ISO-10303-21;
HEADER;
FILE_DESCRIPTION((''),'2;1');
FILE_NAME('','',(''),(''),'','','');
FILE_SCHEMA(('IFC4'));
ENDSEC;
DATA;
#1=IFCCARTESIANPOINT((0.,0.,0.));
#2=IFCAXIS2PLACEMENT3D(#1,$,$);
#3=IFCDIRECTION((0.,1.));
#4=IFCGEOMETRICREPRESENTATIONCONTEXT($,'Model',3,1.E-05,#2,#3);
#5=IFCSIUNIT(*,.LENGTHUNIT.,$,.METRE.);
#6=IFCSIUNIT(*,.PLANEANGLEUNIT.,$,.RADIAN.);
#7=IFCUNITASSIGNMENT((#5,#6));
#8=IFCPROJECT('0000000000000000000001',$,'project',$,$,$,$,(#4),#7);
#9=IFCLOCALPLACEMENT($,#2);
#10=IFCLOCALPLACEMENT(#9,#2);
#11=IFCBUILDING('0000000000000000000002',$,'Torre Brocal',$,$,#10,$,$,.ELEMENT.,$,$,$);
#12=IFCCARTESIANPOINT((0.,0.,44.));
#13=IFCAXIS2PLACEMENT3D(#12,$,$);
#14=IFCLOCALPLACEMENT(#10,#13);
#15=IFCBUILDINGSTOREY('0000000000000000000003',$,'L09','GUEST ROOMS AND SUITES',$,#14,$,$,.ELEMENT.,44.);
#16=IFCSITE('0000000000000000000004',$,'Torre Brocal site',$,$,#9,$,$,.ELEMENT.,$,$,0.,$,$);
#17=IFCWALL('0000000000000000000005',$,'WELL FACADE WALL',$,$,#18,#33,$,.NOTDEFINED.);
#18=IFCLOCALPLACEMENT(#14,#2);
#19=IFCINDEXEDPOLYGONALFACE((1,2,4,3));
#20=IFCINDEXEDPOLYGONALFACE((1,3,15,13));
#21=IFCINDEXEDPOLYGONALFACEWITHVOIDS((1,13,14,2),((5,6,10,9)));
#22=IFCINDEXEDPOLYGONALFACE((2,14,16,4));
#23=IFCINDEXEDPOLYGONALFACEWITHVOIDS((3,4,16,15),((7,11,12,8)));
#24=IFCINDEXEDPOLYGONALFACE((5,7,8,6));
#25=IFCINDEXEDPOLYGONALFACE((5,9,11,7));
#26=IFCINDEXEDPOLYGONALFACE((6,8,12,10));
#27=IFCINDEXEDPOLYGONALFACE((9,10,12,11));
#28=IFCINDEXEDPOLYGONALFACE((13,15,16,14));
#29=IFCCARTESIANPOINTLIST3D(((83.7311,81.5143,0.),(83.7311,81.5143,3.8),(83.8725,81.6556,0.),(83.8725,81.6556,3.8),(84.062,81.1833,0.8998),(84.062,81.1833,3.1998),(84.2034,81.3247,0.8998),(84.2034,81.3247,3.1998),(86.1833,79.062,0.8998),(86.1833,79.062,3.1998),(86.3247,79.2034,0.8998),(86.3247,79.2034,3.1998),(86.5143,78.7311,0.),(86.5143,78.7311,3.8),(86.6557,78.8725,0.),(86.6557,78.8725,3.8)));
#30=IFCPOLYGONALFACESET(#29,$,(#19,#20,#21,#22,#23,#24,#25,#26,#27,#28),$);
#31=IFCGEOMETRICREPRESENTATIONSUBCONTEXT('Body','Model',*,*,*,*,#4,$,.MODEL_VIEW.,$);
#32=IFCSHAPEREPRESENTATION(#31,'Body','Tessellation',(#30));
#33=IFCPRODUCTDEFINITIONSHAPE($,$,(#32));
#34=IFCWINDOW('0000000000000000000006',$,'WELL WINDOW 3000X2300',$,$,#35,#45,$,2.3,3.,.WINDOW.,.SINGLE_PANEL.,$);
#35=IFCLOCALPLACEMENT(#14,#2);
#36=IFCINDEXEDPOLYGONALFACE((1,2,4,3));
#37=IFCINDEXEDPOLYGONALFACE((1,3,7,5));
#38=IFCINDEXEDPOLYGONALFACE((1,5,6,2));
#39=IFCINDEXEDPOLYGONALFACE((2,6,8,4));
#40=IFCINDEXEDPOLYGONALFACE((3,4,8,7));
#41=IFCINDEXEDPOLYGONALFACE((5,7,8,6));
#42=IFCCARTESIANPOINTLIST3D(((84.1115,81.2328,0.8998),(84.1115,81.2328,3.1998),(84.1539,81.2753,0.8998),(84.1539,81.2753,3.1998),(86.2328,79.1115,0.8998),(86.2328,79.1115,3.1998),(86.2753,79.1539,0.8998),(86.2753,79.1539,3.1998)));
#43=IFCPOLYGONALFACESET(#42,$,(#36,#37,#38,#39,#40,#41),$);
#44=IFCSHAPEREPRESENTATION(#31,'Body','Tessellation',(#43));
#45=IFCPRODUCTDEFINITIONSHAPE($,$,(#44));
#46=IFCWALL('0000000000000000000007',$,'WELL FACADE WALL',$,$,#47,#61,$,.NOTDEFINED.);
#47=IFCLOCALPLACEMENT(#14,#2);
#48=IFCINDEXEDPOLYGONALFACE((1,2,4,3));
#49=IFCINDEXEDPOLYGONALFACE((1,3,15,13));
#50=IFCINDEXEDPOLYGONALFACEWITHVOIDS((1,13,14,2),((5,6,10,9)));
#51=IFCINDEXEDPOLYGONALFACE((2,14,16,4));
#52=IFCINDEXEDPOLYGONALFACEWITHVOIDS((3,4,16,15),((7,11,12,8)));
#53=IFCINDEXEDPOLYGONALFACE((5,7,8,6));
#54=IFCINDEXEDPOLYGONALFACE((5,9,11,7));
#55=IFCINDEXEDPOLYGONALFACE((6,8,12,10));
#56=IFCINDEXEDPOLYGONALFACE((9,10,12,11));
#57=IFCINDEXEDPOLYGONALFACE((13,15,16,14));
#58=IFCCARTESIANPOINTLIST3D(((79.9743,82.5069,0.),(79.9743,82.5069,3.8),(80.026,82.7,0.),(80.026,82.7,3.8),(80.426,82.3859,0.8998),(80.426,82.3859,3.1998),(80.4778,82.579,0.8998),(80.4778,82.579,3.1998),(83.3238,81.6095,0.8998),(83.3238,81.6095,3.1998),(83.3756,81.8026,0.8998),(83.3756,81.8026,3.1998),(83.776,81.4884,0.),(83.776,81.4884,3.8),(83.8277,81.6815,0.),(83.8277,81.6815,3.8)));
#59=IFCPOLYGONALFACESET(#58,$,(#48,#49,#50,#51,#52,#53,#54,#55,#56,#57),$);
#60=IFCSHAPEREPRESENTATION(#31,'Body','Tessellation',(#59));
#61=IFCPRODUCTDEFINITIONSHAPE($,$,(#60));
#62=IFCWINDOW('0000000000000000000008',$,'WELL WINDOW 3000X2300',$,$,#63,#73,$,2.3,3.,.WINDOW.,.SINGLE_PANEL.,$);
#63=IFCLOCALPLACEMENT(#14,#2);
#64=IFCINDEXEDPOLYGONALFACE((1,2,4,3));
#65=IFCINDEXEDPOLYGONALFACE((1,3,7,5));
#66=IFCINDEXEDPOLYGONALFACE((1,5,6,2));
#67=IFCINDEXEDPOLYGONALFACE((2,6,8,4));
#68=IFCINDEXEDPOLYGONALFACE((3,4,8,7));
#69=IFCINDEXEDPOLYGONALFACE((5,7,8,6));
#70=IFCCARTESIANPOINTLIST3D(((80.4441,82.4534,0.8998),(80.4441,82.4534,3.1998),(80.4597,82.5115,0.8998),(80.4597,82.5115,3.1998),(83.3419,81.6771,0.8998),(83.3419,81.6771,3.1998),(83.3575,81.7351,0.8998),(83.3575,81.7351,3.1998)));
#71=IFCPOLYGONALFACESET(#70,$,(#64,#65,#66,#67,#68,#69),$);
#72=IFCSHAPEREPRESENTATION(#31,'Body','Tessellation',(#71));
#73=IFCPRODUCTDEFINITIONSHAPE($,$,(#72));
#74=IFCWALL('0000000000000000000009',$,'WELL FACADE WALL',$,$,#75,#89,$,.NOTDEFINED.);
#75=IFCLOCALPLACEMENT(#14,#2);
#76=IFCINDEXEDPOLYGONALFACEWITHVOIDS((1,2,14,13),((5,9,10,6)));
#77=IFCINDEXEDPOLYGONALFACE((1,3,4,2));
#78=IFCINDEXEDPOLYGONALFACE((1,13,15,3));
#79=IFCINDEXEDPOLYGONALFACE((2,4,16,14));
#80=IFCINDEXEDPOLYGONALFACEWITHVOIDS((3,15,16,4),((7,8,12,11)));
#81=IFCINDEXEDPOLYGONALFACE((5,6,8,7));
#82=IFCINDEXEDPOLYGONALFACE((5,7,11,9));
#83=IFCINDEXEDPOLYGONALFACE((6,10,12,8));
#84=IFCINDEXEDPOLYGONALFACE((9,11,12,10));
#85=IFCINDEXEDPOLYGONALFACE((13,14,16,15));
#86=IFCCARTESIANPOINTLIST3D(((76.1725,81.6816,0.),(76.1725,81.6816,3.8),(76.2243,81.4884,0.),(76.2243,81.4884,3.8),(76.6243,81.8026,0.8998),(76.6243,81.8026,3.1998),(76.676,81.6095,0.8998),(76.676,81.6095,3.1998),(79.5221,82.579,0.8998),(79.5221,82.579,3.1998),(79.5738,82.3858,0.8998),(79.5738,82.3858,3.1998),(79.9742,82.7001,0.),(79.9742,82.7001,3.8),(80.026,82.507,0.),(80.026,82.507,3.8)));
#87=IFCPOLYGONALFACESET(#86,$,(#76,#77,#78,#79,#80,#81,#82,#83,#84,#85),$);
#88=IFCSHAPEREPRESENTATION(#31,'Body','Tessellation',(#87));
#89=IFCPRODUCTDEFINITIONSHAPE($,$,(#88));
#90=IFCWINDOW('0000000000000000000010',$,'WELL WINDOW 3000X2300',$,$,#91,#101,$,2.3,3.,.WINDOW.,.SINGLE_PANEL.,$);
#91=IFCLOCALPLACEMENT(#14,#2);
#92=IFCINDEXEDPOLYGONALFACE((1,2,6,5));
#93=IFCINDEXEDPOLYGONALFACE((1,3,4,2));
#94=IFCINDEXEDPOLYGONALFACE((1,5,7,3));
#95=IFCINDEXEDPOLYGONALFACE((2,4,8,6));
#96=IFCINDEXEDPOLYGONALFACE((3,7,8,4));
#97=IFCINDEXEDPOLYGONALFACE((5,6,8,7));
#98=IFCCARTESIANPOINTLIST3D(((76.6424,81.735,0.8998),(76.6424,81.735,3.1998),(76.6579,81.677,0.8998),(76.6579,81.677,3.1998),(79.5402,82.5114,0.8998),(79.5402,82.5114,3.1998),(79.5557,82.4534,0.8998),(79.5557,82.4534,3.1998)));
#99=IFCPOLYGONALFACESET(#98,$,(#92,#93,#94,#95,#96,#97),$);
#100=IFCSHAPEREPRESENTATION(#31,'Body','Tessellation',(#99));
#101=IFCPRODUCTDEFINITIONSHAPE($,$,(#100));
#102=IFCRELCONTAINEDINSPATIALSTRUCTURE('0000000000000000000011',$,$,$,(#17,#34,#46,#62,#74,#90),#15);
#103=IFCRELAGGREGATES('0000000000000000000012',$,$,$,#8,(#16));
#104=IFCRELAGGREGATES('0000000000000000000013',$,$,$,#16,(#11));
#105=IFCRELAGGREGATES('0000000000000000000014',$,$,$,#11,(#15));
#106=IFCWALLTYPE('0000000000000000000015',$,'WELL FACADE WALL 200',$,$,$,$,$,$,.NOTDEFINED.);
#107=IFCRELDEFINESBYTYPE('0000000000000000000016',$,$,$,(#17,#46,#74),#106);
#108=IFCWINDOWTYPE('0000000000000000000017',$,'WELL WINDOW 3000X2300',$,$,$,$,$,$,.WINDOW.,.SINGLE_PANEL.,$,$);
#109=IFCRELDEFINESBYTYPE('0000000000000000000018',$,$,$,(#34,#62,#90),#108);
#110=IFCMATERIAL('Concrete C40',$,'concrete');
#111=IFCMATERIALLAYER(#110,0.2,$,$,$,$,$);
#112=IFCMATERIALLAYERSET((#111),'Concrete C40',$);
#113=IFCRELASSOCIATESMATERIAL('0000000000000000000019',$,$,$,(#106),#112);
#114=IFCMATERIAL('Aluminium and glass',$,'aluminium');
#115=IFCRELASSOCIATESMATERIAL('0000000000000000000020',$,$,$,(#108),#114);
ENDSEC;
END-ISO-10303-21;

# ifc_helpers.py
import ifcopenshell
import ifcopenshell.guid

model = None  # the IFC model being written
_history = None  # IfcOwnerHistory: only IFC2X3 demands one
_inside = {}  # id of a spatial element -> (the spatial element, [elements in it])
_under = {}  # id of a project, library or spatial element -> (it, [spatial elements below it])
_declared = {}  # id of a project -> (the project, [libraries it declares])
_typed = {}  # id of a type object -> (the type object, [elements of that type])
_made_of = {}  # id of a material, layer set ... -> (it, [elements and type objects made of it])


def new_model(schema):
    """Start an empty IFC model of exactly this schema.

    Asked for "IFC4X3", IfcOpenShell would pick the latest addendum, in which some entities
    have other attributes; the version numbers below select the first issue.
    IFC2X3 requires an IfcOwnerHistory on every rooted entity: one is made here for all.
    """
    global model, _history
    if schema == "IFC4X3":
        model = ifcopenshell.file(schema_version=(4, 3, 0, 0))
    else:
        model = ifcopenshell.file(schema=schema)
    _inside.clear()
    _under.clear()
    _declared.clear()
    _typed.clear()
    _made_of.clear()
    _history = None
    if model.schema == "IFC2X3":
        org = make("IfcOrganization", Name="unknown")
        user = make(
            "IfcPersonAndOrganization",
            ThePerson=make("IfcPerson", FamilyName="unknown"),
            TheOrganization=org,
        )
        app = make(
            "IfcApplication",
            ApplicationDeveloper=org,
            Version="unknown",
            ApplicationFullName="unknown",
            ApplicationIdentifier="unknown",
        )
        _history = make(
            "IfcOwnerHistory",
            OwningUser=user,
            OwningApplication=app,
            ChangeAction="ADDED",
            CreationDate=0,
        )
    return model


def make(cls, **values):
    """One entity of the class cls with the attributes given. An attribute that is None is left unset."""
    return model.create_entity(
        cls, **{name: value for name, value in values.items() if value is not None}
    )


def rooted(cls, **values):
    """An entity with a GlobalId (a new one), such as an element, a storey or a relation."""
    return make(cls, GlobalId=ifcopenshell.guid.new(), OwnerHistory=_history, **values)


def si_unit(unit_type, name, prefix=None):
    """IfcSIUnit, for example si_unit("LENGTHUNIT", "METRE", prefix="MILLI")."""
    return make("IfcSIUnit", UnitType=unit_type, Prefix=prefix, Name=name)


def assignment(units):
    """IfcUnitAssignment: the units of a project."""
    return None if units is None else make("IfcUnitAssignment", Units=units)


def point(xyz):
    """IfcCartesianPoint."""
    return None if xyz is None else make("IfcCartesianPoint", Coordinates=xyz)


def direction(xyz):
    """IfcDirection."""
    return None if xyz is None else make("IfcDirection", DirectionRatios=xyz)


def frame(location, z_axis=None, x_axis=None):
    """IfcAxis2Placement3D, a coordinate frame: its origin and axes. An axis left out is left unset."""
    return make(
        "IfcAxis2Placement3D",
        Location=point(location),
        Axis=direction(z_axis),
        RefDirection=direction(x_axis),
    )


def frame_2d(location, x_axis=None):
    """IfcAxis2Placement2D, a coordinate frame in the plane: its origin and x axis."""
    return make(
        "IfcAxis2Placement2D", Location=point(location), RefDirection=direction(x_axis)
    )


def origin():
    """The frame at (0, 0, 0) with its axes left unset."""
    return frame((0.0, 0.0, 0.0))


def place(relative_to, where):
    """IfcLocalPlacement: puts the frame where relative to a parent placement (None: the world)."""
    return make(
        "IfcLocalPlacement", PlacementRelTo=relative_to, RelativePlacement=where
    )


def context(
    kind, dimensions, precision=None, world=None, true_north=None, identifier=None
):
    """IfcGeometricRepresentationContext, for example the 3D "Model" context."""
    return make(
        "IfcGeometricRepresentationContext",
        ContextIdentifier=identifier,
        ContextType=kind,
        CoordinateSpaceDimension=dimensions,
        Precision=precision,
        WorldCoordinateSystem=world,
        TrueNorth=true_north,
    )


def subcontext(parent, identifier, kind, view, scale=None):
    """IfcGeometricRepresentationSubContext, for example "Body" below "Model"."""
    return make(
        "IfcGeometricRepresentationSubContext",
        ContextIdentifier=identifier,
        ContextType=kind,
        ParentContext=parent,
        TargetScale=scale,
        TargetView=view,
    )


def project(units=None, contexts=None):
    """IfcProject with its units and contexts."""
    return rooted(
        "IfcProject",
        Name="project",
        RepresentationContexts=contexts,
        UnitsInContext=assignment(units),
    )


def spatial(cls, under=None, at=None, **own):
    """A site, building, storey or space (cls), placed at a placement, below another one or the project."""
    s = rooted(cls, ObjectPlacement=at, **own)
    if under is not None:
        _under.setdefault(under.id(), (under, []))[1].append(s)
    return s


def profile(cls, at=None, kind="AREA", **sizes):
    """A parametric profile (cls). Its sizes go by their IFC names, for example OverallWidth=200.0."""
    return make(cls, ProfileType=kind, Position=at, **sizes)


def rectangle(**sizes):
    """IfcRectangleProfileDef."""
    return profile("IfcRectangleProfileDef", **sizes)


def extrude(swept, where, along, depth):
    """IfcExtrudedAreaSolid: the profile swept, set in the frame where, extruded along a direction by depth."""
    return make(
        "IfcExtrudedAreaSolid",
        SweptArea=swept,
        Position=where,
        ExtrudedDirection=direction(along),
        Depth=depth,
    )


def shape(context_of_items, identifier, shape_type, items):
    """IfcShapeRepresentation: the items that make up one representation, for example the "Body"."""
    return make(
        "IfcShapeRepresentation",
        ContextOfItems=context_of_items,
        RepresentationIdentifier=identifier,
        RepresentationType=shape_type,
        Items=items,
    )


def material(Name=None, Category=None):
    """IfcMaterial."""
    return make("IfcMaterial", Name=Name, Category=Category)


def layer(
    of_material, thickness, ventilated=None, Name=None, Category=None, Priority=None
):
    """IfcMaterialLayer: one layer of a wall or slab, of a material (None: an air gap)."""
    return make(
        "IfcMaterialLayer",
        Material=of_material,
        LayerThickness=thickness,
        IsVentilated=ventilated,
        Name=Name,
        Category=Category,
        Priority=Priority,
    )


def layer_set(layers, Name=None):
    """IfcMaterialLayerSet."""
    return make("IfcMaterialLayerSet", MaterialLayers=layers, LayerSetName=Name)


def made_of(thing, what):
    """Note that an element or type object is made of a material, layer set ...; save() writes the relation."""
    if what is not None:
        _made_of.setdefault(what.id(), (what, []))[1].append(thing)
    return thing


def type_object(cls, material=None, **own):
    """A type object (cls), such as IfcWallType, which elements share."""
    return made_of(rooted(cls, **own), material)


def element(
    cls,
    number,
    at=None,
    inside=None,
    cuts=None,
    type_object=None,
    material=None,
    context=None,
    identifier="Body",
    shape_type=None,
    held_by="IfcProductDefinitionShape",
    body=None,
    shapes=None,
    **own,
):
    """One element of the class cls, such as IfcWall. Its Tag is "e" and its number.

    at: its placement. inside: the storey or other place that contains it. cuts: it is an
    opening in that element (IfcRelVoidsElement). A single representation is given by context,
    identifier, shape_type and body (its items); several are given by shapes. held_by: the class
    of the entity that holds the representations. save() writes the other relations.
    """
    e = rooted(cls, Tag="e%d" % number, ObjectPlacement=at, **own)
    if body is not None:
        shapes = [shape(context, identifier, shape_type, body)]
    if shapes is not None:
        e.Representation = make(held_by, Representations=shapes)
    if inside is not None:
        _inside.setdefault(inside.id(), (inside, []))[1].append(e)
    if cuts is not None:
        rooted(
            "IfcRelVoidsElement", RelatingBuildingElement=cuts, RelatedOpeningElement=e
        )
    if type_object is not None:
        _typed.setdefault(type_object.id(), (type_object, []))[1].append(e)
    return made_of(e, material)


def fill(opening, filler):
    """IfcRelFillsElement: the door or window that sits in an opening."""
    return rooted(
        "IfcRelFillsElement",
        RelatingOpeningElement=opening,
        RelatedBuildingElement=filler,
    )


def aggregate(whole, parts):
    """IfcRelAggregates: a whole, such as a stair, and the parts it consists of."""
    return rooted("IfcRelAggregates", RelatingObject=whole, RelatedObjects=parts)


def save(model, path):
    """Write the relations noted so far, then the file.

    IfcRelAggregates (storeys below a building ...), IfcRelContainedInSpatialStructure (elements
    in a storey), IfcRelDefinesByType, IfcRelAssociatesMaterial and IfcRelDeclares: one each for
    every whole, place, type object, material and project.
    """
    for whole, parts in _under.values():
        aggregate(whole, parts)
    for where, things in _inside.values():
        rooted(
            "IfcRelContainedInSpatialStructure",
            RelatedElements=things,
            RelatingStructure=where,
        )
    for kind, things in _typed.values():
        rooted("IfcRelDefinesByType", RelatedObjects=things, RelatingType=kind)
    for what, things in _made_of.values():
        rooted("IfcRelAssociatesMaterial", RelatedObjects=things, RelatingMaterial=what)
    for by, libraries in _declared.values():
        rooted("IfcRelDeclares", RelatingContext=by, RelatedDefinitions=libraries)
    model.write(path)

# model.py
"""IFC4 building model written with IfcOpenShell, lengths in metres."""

from ifc_helpers import new_model, si_unit, direction, frame, frame_2d, origin, place, context, subcontext, project, spatial, rectangle, extrude, material, layer, layer_set, type_object, element, fill, save


model = new_model("IFC4")

# Units and contexts
model_context = context("Model", 3, precision=1e-05, world=origin(), true_north=direction((0.0, 1.0)))
body_context = subcontext(model_context, "Body", "Model", "MODEL_VIEW")
ifc_project = project(units=[si_unit("LENGTHUNIT", "METRE"), si_unit("PLANEANGLEUNIT", "RADIAN")], contexts=[model_context])

# Site, building, storey
site_placement = place(None, origin())
site = spatial("IfcSite", under=ifc_project, at=site_placement, Name="Torre Brocal site", CompositionType="ELEMENT", RefElevation=0.0)
building_placement = place(site_placement, origin())
building = spatial("IfcBuilding", under=site, at=building_placement, Name="Torre Brocal", CompositionType="ELEMENT")
storey_placement = place(building_placement, frame((0.0, 0.0, 44.0)))
storey = spatial("IfcBuildingStorey", under=building, at=storey_placement, Name="L09", Description="GUEST ROOMS AND SUITES", CompositionType="ELEMENT", Elevation=44.0)

# Walls, openings, windows
ifc_material_1 = material(Name="Concrete C40", Category="concrete")
ifc_layer_1 = layer(ifc_material_1, 0.2)
ifc_layer_set_1 = layer_set([ifc_layer_1], Name="Concrete C40")
wall_type_1 = type_object("IfcWallType", Name="WELL FACADE WALL 200", PredefinedType="NOTDEFINED", material=ifc_layer_set_1)
ifc_material_2 = material(Name="Aluminium and glass", Category="aluminium")
window_type = type_object("IfcWindowType", Name="WELL WINDOW 3000X2300", PartitioningType="SINGLE_PANEL", PredefinedType="WINDOW", material=ifc_material_2)
wall_1_placement = place(storey_placement, frame((86.585, 78.8018, 0.0), z_axis=(0.0, 0.0, 1.0), x_axis=(-0.707107, 0.707107, 0.0)))
wall_1 = element("IfcWall", 1, at=wall_1_placement, inside=storey, type_object=wall_type_1, Name="WELL FACADE WALL", PredefinedType="NOTDEFINED", context=body_context, shape_type="SweptSolid", body=[
    extrude(rectangle(XDim=3.936, YDim=0.2, at=frame_2d((1.968, 0.0))), origin(), (0.0, 0.0, 1.0), 3.8),
])
opening_1_placement = place(wall_1_placement, frame((0.468, 0.0, 0.8999)))
opening_1 = element("IfcOpeningElement", 2, at=opening_1_placement, cuts=wall_1, PredefinedType="OPENING", context=body_context, shape_type="SweptSolid", body=[
    extrude(rectangle(XDim=3.0, YDim=2.3, at=frame_2d((1.5, 1.1499))), frame((0.0, 0.1099, 0.0), z_axis=(0.0, -1.0, 0.0), x_axis=(1.0, 0.0, 0.0)), (0.0, 0.0, 1.0), 0.22),
])
window_1_placement = place(opening_1_placement, origin())
window_1 = element("IfcWindow", 3, at=window_1_placement, inside=storey, type_object=window_type, Name="WELL WINDOW 3000X2300", OverallHeight=2.3, OverallWidth=3.0, PartitioningType="SINGLE_PANEL", PredefinedType="WINDOW", context=body_context, shape_type="SweptSolid", body=[
    extrude(rectangle(XDim=3.0, YDim=2.3, at=frame_2d((1.5, 1.1499))), frame((0.0, 0.03, 0.0), z_axis=(0.0, -1.0, 0.0), x_axis=(1.0, 0.0, 0.0)), (0.0, 0.0, 1.0), 0.0601),
])
fill(opening_1, window_1)
wall_2_placement = place(storey_placement, frame((83.8018, 81.585, 0.0), z_axis=(0.0, 0.0, 1.0), x_axis=(-0.965934, 0.25879, 0.0)))
wall_2 = element("IfcWall", 4, at=wall_2_placement, inside=storey, type_object=wall_type_1, Name="WELL FACADE WALL", PredefinedType="NOTDEFINED", context=body_context, shape_type="SweptSolid", body=[
    extrude(rectangle(XDim=3.9358, YDim=0.2, at=frame_2d((1.9678, 0.0))), origin(), (0.0, 0.0, 1.0), 3.8),
])
opening_2_placement = place(wall_2_placement, frame((0.468, 0.0, 0.8999)))
opening_2 = element("IfcOpeningElement", 5, at=opening_2_placement, cuts=wall_2, PredefinedType="OPENING", context=body_context, shape_type="SweptSolid", body=[
    extrude(rectangle(XDim=3.0, YDim=2.3, at=frame_2d((1.5, 1.1499))), frame((0.0, 0.1099, 0.0), z_axis=(0.0, -1.0, 0.0), x_axis=(1.0, 0.0, 0.0)), (0.0, 0.0, 1.0), 0.22),
])
window_2_placement = place(opening_2_placement, origin())
window_2 = element("IfcWindow", 6, at=window_2_placement, inside=storey, type_object=window_type, Name="WELL WINDOW 3000X2300", OverallHeight=2.3, OverallWidth=3.0, PartitioningType="SINGLE_PANEL", PredefinedType="WINDOW", context=body_context, shape_type="SweptSolid", body=[
    extrude(rectangle(XDim=3.0, YDim=2.3, at=frame_2d((1.5, 1.1499))), frame((0.0, 0.03, 0.0), z_axis=(0.0, -1.0, 0.0), x_axis=(1.0, 0.0, 0.0)), (0.0, 0.0, 1.0), 0.0601),
])
fill(opening_2, window_2)
wall_3_placement = place(storey_placement, frame((80.0, 82.6035, 0.0), z_axis=(0.0, 0.0, 1.0), x_axis=(-0.965934, -0.25879, 0.0)))
wall_3 = element("IfcWall", 7, at=wall_3_placement, inside=storey, type_object=wall_type_1, Name="WELL FACADE WALL", PredefinedType="NOTDEFINED", context=body_context, shape_type="SweptSolid", body=[
    extrude(rectangle(XDim=3.9358, YDim=0.2, at=frame_2d((1.9678, 0.0))), origin(), (0.0, 0.0, 1.0), 3.8),
])
opening_3_placement = place(wall_3_placement, frame((0.468, 0.0, 0.8999)))
opening_3 = element("IfcOpeningElement", 8, at=opening_3_placement, cuts=wall_3, PredefinedType="OPENING", context=body_context, shape_type="SweptSolid", body=[
    extrude(rectangle(XDim=3.0, YDim=2.3, at=frame_2d((1.5, 1.1499))), frame((0.0, 0.1099, 0.0), z_axis=(0.0, -1.0, 0.0), x_axis=(1.0, 0.0, 0.0)), (0.0, 0.0, 1.0), 0.22),
])
window_3_placement = place(opening_3_placement, origin())
window_3 = element("IfcWindow", 9, at=window_3_placement, inside=storey, type_object=window_type, Name="WELL WINDOW 3000X2300", OverallHeight=2.3, OverallWidth=3.0, PartitioningType="SINGLE_PANEL", PredefinedType="WINDOW", context=body_context, shape_type="SweptSolid", body=[
    extrude(rectangle(XDim=3.0, YDim=2.3, at=frame_2d((1.5, 1.1499))), frame((0.0, 0.03, 0.0), z_axis=(0.0, -1.0, 0.0), x_axis=(1.0, 0.0, 0.0)), (0.0, 0.0, 1.0), 0.0601),
])
fill(opening_3, window_3)

save(model, "model.ifc")
